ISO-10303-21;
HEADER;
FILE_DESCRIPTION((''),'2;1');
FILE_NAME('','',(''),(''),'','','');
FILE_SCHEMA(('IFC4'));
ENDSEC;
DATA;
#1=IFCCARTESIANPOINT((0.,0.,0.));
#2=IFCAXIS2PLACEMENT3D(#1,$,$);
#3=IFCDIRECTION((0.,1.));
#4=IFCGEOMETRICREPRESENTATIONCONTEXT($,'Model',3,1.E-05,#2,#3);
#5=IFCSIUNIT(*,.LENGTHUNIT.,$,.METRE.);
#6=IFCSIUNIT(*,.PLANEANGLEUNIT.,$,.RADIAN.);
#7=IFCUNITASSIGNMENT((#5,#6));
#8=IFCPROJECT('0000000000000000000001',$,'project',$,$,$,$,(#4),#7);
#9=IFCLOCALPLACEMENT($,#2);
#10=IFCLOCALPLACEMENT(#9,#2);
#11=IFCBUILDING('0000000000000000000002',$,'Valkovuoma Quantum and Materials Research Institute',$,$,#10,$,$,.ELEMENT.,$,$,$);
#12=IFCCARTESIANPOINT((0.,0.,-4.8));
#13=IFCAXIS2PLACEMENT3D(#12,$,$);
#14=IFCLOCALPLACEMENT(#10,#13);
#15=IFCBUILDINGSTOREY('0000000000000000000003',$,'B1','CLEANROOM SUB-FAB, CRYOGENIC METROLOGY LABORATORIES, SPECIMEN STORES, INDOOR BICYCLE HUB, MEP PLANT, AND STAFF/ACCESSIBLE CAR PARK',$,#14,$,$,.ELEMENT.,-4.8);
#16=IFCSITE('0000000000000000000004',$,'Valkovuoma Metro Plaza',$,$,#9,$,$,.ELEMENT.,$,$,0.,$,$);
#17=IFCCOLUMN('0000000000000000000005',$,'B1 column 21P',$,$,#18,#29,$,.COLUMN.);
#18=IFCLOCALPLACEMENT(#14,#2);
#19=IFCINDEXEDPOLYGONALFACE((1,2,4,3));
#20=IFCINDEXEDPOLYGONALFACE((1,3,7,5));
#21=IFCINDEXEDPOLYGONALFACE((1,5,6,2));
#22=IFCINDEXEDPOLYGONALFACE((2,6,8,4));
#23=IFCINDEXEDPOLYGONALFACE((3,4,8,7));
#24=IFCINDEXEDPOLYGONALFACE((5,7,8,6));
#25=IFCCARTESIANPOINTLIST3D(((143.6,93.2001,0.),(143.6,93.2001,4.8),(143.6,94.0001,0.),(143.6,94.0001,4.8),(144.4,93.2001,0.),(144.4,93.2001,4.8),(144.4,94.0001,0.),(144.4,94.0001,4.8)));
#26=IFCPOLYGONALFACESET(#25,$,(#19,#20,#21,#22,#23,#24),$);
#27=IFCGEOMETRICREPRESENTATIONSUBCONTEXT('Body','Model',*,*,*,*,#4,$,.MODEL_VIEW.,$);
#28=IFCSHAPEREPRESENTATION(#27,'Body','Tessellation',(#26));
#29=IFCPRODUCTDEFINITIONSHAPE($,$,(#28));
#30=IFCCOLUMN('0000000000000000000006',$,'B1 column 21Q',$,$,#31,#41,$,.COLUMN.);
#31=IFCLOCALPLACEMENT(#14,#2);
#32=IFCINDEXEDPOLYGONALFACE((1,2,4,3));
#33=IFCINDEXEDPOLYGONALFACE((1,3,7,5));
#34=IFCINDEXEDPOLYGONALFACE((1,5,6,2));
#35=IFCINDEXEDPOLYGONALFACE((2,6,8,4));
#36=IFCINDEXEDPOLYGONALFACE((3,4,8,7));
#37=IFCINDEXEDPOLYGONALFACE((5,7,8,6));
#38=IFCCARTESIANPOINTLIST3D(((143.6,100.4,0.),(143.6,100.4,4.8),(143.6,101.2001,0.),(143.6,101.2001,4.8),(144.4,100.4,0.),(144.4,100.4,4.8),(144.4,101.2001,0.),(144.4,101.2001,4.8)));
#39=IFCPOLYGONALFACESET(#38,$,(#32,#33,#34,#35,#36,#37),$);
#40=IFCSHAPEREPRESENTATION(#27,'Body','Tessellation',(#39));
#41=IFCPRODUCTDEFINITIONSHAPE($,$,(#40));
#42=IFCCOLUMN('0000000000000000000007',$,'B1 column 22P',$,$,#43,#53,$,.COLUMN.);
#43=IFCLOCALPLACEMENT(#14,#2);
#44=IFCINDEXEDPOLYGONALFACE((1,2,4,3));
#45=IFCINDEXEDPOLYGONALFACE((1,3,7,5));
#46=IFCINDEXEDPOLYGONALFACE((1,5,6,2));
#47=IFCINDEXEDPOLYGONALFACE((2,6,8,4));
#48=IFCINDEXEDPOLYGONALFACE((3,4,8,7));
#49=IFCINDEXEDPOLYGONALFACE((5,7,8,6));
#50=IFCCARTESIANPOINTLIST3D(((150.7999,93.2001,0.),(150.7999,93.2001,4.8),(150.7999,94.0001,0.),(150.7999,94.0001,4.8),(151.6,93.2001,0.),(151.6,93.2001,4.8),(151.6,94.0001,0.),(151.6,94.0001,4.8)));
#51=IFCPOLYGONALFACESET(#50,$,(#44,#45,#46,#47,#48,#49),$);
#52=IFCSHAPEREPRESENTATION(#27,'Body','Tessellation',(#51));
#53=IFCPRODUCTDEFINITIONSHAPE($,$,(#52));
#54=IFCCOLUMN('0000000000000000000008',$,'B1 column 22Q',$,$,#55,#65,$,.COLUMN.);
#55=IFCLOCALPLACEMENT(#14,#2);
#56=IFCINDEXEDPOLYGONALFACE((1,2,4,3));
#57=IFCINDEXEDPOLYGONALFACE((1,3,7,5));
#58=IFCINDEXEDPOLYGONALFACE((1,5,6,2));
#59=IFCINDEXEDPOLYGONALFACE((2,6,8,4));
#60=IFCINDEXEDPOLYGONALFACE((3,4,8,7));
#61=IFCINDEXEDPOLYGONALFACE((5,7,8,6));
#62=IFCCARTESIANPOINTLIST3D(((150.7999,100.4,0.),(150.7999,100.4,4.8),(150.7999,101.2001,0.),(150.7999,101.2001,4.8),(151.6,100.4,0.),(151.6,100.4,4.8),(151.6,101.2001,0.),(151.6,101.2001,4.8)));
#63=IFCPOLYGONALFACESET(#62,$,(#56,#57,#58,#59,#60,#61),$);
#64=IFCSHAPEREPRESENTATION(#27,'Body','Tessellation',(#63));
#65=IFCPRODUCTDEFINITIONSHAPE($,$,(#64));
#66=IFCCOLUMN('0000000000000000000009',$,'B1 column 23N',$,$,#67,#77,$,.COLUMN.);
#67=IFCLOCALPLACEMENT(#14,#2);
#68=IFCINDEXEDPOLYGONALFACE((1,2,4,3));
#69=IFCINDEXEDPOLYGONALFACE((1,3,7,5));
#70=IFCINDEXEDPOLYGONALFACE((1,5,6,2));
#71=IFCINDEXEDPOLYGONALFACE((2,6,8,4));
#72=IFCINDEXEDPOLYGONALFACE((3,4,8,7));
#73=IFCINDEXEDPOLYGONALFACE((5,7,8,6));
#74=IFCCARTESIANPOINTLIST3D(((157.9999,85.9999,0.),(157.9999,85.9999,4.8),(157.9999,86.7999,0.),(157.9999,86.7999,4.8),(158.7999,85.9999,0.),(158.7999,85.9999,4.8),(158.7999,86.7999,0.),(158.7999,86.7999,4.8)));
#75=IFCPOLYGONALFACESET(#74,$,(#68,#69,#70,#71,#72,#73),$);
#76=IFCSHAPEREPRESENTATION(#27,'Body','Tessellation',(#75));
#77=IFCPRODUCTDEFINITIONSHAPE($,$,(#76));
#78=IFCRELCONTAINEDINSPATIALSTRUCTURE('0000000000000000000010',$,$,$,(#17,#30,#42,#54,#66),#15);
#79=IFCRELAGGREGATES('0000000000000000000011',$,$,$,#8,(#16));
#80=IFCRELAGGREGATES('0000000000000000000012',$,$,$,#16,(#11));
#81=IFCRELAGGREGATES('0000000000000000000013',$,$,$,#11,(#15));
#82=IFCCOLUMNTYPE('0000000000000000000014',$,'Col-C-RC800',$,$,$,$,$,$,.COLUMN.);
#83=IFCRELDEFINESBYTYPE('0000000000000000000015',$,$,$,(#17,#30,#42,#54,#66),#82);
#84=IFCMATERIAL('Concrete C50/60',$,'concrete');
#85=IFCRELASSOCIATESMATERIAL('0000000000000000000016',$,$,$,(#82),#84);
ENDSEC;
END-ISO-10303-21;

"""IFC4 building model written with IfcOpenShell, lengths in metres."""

from ifc_helpers import new_model, si_unit, direction, frame, origin, origin_2d, place, context, subcontext, project, spatial, rectangle, extrude, material, material_profile, profile_set, type_object, element, save


model = new_model("IFC4")

# Units and contexts
model_context = context("Model", 3, precision=1e-05, world=origin(), true_north=direction((0.0, 1.0)))
body_context = subcontext(model_context, "Body", "Model", "MODEL_VIEW")
ifc_project = project(units=[si_unit("LENGTHUNIT", "METRE"), si_unit("PLANEANGLEUNIT", "RADIAN")], contexts=[model_context])

# Site, building, storey
site_placement = place(None, origin())
site = spatial("IfcSite", under=ifc_project, at=site_placement, Name="Valkovuoma Metro Plaza", CompositionType="ELEMENT", RefElevation=0.0)
building_placement = place(site_placement, origin())
building = spatial("IfcBuilding", under=site, at=building_placement, Name="Valkovuoma Quantum and Materials Research Institute", CompositionType="ELEMENT")
storey_placement = place(building_placement, frame((0.0, 0.0, -4.8)))
storey = spatial("IfcBuildingStorey", under=building, at=storey_placement, Name="B1", Description="CLEANROOM SUB-FAB, CRYOGENIC METROLOGY LABORATORIES, SPECIMEN STORES, INDOOR BICYCLE HUB, MEP PLANT, AND STAFF/ACCESSIBLE CAR PARK", CompositionType="ELEMENT", Elevation=-4.8)

# Columns
ifc_material_1 = material(Name="Concrete C50/60", Category="concrete")
ifc_material_profile_1 = material_profile(ifc_material_1, rectangle(XDim=0.8, YDim=0.8, at=origin_2d()), Name="Concrete C50/60")
ifc_profile_set_1 = profile_set([ifc_material_profile_1], Name="Concrete C50/60")
column_type = type_object("IfcColumnType", Name="Col-C-RC800", PredefinedType="COLUMN", material=ifc_profile_set_1)
for number, where, z_axis, x_axis, name in (
    (1, (144.0, 93.6001, 0.0), (0.0, 0.0, 1.0), (1.0, 0.0, 0.0), "B1 column 21P"),
    (2, (144.0, 100.8, 0.0), (0.0, 0.0, 1.0), (1.0, 0.0, 0.0), "B1 column 21Q"),
    (3, (151.2, 93.6001, 0.0), (0.0, 0.0, 1.0), (1.0, 0.0, 0.0), "B1 column 22P"),
    (4, (151.2, 100.8, 0.0), (0.0, 0.0, 1.0), (1.0, 0.0, 0.0), "B1 column 22Q"),
    (5, (158.3999, 86.3999, 0.0), (0.0, 0.0, 1.0), (1.0, 0.0, 0.0), "B1 column 23N"),
):
    element("IfcColumn", number, at=place(storey_placement, frame(where, z_axis=z_axis, x_axis=x_axis)), inside=storey, type_object=column_type, Name=name, PredefinedType="COLUMN", context=body_context, shape_type="SweptSolid", body=[
        extrude(rectangle(XDim=0.8, YDim=0.8, at=origin_2d()), origin(), (0.0, 0.0, 1.0), 4.8),
    ])

save(model, "model.ifc")
